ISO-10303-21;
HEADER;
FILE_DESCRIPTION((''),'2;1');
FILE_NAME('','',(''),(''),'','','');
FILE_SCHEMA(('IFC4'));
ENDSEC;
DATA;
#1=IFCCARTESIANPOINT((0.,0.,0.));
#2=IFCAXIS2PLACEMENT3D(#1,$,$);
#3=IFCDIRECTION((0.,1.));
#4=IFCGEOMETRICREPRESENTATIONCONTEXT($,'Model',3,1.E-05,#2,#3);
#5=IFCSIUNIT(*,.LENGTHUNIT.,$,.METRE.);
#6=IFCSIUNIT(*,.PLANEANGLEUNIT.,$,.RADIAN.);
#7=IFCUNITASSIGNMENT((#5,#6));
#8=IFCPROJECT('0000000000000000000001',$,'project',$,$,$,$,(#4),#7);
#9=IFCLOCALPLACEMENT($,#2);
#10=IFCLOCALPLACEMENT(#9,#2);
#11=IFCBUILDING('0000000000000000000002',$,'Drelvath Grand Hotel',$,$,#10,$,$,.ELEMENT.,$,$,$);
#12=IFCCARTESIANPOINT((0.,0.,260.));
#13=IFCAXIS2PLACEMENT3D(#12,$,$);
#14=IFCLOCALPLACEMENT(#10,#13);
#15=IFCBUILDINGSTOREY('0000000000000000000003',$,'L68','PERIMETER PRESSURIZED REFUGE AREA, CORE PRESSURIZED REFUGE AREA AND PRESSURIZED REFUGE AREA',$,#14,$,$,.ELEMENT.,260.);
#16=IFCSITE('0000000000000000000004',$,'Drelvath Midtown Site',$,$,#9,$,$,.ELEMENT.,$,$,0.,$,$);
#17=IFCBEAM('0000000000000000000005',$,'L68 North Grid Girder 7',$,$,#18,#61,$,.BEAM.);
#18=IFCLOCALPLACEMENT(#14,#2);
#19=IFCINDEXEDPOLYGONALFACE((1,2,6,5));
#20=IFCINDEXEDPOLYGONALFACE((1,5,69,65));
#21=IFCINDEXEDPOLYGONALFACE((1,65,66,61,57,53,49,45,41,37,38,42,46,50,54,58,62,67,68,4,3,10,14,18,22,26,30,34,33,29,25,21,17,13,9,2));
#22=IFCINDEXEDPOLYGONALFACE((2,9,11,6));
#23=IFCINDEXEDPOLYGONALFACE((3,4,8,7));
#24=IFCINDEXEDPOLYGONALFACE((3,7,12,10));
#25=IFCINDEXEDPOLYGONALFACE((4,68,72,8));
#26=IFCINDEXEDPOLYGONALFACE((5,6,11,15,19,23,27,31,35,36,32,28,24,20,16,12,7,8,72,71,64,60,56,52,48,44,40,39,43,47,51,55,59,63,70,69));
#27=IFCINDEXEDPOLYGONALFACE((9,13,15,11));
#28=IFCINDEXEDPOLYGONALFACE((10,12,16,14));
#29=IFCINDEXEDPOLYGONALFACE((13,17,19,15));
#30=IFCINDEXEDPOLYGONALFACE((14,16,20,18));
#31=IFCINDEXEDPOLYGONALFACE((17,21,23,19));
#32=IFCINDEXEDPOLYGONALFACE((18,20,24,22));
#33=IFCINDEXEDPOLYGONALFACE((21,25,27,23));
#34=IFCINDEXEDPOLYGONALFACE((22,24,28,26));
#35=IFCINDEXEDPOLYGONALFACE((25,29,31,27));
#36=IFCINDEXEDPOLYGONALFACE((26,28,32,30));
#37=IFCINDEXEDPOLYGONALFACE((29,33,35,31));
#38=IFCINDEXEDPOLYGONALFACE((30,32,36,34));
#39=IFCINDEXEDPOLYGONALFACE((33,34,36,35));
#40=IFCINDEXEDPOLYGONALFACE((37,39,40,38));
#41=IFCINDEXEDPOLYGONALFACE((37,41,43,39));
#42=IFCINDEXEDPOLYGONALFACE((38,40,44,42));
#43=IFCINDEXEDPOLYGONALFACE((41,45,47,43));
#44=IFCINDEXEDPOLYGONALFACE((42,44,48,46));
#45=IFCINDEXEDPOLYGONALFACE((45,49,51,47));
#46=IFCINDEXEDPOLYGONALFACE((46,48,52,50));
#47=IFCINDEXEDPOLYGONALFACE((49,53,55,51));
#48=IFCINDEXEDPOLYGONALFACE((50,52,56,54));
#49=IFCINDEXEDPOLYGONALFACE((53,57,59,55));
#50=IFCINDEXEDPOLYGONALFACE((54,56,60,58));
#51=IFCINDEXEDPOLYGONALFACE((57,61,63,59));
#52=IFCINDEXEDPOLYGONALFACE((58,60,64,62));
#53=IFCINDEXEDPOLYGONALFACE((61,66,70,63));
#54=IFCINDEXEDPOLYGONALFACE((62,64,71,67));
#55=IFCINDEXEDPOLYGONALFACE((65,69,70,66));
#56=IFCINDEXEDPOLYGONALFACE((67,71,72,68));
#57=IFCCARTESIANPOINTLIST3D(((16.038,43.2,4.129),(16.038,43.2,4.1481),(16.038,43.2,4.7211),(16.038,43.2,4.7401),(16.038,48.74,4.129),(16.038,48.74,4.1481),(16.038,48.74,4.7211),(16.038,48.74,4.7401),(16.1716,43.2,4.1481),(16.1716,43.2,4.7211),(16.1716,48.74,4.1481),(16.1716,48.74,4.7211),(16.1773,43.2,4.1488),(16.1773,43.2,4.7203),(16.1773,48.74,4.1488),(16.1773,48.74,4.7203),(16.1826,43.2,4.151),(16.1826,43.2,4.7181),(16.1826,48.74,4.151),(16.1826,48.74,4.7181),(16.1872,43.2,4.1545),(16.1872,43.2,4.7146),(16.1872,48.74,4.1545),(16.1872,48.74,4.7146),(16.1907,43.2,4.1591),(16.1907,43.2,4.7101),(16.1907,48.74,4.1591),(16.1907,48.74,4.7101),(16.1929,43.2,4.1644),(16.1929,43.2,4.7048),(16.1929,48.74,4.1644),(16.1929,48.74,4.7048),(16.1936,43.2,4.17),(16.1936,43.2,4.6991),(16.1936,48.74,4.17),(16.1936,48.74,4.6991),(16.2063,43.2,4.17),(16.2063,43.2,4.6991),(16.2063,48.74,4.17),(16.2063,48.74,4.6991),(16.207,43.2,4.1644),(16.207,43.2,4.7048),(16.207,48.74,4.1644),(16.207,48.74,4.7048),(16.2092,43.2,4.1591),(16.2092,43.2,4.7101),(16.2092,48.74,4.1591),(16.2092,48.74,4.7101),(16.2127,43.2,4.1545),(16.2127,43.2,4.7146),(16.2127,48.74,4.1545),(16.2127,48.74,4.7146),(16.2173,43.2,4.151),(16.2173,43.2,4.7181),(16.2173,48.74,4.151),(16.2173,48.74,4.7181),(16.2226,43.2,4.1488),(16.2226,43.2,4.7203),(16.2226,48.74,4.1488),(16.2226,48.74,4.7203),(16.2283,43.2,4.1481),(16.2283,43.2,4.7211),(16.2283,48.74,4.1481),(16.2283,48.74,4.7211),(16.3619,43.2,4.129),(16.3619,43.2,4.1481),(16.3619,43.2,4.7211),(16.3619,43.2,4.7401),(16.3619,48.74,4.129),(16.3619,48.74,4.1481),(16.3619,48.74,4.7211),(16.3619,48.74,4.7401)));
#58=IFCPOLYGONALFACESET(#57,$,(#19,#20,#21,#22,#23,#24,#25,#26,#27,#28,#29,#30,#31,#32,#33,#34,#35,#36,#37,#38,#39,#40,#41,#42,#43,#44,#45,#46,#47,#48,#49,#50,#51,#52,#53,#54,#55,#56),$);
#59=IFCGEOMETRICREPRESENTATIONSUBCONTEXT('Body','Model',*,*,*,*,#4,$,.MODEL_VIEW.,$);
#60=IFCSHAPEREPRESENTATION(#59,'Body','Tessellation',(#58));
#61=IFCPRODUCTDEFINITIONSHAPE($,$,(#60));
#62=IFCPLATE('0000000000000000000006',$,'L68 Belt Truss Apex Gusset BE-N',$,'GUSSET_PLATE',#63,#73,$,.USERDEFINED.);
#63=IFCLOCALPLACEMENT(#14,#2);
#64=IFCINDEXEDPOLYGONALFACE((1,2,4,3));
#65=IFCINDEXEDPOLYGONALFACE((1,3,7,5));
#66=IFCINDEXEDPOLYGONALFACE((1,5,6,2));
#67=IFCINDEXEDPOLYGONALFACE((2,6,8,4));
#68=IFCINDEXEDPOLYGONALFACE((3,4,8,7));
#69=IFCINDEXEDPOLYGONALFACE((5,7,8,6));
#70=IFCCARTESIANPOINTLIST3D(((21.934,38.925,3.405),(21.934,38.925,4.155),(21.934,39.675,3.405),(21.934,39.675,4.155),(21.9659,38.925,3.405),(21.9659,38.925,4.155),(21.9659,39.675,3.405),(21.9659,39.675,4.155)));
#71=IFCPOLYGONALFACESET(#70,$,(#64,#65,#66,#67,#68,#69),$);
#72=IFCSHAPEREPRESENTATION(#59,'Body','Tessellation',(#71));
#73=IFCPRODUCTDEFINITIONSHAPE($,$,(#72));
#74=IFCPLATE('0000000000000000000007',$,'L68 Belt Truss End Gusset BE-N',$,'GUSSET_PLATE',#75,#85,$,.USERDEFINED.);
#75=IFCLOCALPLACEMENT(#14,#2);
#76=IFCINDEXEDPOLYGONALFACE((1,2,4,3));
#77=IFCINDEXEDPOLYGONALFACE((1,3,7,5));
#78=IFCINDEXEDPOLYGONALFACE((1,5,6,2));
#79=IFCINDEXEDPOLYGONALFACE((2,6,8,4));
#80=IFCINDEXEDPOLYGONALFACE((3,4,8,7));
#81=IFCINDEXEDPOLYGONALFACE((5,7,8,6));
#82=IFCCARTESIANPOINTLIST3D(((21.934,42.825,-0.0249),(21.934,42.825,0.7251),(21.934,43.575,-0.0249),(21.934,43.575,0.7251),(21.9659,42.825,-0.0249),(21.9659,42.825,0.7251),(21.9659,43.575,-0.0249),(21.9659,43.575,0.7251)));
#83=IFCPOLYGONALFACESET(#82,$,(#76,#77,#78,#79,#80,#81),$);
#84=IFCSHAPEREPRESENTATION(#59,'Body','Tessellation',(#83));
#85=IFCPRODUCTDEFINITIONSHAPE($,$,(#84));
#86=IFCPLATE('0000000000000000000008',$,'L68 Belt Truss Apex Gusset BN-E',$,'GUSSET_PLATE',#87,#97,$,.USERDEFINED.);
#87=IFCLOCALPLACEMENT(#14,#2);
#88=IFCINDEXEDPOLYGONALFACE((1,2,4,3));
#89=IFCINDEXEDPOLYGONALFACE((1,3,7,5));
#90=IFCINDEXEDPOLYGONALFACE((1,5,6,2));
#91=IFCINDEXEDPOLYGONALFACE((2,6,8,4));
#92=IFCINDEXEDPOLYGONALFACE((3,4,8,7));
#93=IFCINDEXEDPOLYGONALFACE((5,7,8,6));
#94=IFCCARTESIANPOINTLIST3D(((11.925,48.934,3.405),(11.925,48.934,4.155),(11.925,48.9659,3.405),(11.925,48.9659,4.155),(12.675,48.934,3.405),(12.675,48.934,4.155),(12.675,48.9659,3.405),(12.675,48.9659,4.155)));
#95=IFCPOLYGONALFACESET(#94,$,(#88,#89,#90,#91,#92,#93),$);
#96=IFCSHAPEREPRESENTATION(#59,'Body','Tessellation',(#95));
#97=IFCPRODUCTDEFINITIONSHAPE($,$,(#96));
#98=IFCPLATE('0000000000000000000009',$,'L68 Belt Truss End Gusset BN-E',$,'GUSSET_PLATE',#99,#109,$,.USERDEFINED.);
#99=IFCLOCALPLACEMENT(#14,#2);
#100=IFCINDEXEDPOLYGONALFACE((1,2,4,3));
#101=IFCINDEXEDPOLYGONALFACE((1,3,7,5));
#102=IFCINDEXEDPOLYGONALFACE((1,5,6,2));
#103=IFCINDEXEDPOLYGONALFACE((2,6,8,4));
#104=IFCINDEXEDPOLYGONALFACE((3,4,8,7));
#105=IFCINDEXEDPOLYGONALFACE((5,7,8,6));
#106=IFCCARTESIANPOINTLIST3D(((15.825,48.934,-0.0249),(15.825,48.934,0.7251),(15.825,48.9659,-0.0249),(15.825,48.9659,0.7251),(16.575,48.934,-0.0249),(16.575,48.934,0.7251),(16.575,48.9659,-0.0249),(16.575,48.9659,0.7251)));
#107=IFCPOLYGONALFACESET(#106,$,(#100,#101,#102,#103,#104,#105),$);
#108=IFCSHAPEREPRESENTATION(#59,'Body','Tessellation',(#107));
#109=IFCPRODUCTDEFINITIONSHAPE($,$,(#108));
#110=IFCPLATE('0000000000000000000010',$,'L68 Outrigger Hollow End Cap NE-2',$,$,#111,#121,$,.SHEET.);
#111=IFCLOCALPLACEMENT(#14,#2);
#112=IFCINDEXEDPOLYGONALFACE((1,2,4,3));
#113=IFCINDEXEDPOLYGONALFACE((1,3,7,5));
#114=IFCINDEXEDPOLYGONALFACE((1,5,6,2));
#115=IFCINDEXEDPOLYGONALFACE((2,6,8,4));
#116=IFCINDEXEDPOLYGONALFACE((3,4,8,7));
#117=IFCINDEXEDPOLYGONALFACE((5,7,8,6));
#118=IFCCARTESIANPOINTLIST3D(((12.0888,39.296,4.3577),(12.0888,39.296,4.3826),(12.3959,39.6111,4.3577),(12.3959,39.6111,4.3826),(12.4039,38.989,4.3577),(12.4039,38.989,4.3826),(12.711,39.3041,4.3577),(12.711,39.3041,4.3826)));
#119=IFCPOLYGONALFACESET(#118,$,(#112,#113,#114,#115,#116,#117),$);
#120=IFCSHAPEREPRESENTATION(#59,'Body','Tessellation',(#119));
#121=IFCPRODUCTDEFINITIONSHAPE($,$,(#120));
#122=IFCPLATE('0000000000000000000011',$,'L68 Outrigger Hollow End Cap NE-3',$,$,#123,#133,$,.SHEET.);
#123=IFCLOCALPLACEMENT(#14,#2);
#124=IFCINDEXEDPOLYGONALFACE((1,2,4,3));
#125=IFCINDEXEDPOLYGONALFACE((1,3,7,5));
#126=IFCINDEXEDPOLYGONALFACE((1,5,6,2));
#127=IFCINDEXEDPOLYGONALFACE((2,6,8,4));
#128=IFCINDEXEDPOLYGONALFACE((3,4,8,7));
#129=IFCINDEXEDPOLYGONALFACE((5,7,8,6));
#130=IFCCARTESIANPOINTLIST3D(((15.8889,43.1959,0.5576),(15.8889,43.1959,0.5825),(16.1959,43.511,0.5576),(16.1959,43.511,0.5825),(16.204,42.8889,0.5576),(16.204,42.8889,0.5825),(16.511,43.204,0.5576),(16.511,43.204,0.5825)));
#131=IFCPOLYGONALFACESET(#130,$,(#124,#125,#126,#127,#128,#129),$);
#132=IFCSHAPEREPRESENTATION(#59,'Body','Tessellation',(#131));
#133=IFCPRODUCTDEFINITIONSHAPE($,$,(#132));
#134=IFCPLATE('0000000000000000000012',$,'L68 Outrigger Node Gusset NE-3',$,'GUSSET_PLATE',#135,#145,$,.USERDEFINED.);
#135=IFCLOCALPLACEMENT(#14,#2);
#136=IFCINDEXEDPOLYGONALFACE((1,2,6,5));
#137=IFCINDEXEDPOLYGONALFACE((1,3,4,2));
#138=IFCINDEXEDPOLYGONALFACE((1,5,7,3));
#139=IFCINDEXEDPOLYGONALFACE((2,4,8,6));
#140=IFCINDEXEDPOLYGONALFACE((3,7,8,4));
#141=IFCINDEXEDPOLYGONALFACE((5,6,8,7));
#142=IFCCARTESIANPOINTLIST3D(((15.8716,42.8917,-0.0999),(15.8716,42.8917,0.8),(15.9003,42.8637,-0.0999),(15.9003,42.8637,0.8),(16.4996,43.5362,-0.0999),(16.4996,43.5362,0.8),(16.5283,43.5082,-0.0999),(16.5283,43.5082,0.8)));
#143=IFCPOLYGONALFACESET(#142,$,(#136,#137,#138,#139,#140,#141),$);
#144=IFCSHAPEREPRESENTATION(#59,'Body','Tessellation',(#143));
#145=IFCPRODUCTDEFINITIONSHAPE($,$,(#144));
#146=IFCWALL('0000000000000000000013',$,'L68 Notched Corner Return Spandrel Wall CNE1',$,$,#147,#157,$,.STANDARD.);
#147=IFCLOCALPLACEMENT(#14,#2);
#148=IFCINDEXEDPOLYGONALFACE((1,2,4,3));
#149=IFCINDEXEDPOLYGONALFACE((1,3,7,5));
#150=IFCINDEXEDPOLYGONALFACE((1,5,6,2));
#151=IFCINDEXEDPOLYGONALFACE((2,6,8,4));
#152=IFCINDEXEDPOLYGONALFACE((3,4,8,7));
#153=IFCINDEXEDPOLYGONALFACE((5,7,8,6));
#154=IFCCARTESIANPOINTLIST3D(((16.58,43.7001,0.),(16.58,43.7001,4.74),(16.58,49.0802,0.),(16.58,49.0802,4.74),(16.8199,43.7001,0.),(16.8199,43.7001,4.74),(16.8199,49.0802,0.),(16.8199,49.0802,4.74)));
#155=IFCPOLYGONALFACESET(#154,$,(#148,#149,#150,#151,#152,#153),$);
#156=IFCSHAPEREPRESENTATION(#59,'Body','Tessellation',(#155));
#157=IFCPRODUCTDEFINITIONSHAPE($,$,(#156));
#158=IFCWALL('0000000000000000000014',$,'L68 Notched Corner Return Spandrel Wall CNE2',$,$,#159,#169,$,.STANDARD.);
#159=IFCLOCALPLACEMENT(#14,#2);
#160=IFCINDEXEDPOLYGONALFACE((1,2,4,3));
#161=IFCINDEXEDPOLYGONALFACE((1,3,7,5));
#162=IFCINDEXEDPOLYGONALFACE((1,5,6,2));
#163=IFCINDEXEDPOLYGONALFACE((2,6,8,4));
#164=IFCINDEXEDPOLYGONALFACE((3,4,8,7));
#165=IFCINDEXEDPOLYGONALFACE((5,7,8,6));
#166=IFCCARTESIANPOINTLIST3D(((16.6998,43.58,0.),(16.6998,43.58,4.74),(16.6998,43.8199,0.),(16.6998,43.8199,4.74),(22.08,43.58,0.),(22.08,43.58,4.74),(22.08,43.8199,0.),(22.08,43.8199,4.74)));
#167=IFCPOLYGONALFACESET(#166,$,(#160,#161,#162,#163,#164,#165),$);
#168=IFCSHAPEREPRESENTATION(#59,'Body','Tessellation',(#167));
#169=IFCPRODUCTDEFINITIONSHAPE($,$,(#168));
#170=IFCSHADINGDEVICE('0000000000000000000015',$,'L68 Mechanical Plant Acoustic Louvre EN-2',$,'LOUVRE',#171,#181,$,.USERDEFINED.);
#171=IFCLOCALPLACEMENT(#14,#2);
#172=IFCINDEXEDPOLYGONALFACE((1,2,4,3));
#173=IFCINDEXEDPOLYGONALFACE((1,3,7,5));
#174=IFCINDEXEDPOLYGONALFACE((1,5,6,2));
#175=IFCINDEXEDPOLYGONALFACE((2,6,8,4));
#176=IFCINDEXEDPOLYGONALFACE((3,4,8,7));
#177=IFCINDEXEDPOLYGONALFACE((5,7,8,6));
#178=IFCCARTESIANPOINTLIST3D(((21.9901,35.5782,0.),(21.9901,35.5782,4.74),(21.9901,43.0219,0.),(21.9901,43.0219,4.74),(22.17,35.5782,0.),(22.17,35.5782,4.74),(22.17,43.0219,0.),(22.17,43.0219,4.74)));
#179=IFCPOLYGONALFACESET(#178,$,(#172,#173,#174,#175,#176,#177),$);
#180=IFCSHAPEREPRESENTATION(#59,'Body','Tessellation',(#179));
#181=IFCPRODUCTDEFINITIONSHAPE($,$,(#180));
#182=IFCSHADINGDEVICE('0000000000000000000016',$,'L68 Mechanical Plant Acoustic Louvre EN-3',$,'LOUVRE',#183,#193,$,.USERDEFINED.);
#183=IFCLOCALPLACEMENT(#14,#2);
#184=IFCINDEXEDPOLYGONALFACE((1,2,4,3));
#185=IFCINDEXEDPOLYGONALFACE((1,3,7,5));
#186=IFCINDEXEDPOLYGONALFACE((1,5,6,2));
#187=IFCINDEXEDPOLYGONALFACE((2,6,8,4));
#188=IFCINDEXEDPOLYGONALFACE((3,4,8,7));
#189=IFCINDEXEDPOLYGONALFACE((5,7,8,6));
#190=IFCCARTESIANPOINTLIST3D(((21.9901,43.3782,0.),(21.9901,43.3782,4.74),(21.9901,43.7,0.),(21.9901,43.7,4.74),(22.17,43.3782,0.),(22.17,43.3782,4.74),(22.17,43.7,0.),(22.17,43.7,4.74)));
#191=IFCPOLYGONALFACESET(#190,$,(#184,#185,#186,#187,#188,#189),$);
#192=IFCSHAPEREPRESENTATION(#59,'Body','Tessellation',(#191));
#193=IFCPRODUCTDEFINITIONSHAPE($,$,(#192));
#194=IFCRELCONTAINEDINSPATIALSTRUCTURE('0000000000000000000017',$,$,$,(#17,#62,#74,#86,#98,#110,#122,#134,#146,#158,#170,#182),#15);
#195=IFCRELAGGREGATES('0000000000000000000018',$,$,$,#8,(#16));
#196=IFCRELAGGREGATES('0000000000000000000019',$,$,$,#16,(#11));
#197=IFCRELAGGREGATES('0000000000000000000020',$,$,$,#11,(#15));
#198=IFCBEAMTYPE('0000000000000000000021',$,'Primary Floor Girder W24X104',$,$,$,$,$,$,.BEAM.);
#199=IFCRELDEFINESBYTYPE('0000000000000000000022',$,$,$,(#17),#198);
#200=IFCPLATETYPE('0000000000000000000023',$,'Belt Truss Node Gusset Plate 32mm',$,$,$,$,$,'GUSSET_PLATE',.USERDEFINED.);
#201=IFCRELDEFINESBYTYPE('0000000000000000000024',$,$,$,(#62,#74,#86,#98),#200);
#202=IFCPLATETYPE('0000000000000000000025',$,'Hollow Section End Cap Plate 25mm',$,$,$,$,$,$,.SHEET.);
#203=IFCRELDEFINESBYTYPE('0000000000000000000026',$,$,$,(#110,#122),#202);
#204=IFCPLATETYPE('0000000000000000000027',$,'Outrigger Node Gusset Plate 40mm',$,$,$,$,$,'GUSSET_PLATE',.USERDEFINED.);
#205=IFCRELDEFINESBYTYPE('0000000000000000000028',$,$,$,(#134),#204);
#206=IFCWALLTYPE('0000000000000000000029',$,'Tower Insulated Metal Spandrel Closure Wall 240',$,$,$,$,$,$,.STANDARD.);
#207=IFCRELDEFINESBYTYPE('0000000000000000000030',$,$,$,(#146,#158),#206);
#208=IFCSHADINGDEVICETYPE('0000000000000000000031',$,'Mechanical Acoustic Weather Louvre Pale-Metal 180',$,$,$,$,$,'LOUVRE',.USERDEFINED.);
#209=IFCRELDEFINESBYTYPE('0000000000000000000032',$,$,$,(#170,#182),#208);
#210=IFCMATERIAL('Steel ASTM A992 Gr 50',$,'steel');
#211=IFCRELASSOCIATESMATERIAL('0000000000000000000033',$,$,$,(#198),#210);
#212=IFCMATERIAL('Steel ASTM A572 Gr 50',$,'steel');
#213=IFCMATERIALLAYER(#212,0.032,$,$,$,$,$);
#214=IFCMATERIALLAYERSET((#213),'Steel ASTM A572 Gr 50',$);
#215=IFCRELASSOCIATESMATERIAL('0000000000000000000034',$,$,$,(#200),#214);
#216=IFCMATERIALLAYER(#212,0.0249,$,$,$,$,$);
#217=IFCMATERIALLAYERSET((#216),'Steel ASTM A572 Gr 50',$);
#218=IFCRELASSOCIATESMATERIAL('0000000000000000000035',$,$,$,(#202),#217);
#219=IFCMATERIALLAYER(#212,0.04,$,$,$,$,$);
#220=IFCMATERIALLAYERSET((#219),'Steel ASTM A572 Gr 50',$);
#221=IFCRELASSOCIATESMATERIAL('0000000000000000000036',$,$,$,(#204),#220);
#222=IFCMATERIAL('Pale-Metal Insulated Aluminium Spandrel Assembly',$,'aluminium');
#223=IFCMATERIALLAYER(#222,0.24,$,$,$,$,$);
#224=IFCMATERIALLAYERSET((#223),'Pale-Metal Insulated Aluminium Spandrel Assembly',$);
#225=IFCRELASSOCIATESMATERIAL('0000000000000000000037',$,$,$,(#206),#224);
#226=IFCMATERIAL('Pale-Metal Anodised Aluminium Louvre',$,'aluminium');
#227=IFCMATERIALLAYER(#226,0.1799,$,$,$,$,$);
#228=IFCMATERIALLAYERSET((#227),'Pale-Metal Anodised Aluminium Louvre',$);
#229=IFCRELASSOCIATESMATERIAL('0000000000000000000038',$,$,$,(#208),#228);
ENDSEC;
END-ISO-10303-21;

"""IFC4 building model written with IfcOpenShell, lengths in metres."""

from ifc_helpers import new_model, si_unit, direction, frame, frame_2d, origin, origin_2d, place, context, subcontext, project, spatial, rectangle, i_section, extrude, material, layer, layer_set, material_profile, profile_set, type_object, element, save


model = new_model("IFC4")

# Units and contexts
model_context = context("Model", 3, precision=1e-05, world=origin(), true_north=direction((0.0, 1.0)))
body_context = subcontext(model_context, "Body", "Model", "MODEL_VIEW")
ifc_project = project(units=[si_unit("LENGTHUNIT", "METRE"), si_unit("PLANEANGLEUNIT", "RADIAN")], contexts=[model_context])

# Site, building, storey
site_placement = place(None, origin())
site = spatial("IfcSite", under=ifc_project, at=site_placement, Name="Drelvath Midtown Site", CompositionType="ELEMENT", RefElevation=0.0)
building_placement = place(site_placement, origin())
building = spatial("IfcBuilding", under=site, at=building_placement, Name="Drelvath Grand Hotel", CompositionType="ELEMENT")
storey_placement = place(building_placement, frame((0.0, 0.0, 260.0)))
storey = spatial("IfcBuildingStorey", under=building, at=storey_placement, Name="L68", Description="PERIMETER PRESSURIZED REFUGE AREA, CORE PRESSURIZED REFUGE AREA AND PRESSURIZED REFUGE AREA", CompositionType="ELEMENT", Elevation=260.0)

# Beam
ifc_material_1 = material(Name="Steel ASTM A992 Gr 50", Category="steel")
ifc_material_profile_1 = material_profile(ifc_material_1, i_section(OverallWidth=0.324, OverallDepth=0.6111, WebThickness=0.0127, FlangeThickness=0.019, FilletRadius=0.022, at=origin_2d()), Name="W24X104")
ifc_profile_set_1 = profile_set([ifc_material_profile_1], Name="Steel ASTM A992 Gr 50")
beam_type = type_object("IfcBeamType", Name="Primary Floor Girder W24X104", PredefinedType="BEAM", material=ifc_profile_set_1)
for number, where, z_axis, x_axis, name in (
    (1, (16.2, 43.2, 4.4346), (0.0, 1.0, 0.0), (-1.0, 0.0, 0.0), "L68 North Grid Girder 7"),
):
    element("IfcBeam", number, at=place(storey_placement, frame(where, z_axis=z_axis, x_axis=x_axis)), inside=storey, type_object=beam_type, Name=name, PredefinedType="BEAM", context=body_context, shape_type="SweptSolid", body=[
        extrude(i_section(OverallWidth=0.324, OverallDepth=0.6111, WebThickness=0.0127, FlangeThickness=0.019, FilletRadius=0.022, at=origin_2d()), origin(), (0.0, 0.0, 1.0), 5.54),
    ])

# Plates
ifc_material_2 = material(Name="Steel ASTM A572 Gr 50", Category="steel")
ifc_layer_1 = layer(ifc_material_2, 0.032)
ifc_layer_set_1 = layer_set([ifc_layer_1], Name="Steel ASTM A572 Gr 50")
plate_type_1 = type_object("IfcPlateType", Name="Belt Truss Node Gusset Plate 32mm", ElementType="GUSSET_PLATE", PredefinedType="USERDEFINED", material=ifc_layer_set_1)
for number, where, z_axis, x_axis, name in (
    (2, (21.95, 39.3, 3.405), (0.0, 0.0, 1.0), (0.0, 1.0, 0.0), "L68 Belt Truss Apex Gusset BE-N"),
    (3, (21.95, 43.2, -0.0249), (0.0, 0.0, 1.0), (0.0, 1.0, 0.0), "L68 Belt Truss End Gusset BE-N"),
    (4, (12.3, 48.95, 3.405), (0.0, 0.0, 1.0), (1.0, 0.0, 0.0), "L68 Belt Truss Apex Gusset BN-E"),
    (5, (16.2, 48.95, -0.0249), (0.0, 0.0, 1.0), (1.0, 0.0, 0.0), "L68 Belt Truss End Gusset BN-E"),
):
    element("IfcPlate", number, at=place(storey_placement, frame(where, z_axis=z_axis, x_axis=x_axis)), inside=storey, type_object=plate_type_1, Name=name, ObjectType="GUSSET_PLATE", PredefinedType="USERDEFINED", context=body_context, shape_type="SweptSolid", body=[
        extrude(rectangle(XDim=0.75, YDim=0.032, at=origin_2d()), origin(), (0.0, 0.0, 1.0), 0.75),
    ])
ifc_layer_2 = layer(ifc_material_2, 0.0249)
ifc_layer_set_2 = layer_set([ifc_layer_2], Name="Steel ASTM A572 Gr 50")
plate_type_2 = type_object("IfcPlateType", Name="Hollow Section End Cap Plate 25mm", PredefinedType="SHEET", material=ifc_layer_set_2)
for number, where, z_axis, x_axis, name in (
    (6, (12.3999, 39.3, 4.3577), (0.0, 0.0, 1.0), (0.697865, 0.71623, 0.0), "L68 Outrigger Hollow End Cap NE-2"),
    (7, (16.2, 43.2, 0.5576), (0.0, 0.0, 1.0), (0.697865, 0.71623, 0.0), "L68 Outrigger Hollow End Cap NE-3"),
):
    element("IfcPlate", number, at=place(storey_placement, frame(where, z_axis=z_axis, x_axis=x_axis)), inside=storey, type_object=plate_type_2, Name=name, PredefinedType="SHEET", context=body_context, shape_type="SweptSolid", body=[
        extrude(rectangle(XDim=0.4399, YDim=0.4399, at=origin_2d()), origin(), (0.0, 0.0, 1.0), 0.0249),
    ])
ifc_layer_3 = layer(ifc_material_2, 0.04)
ifc_layer_set_3 = layer_set([ifc_layer_3], Name="Steel ASTM A572 Gr 50")
plate_type_3 = type_object("IfcPlateType", Name="Outrigger Node Gusset Plate 40mm", ElementType="GUSSET_PLATE", PredefinedType="USERDEFINED", material=ifc_layer_set_3)
plate_placement = place(storey_placement, frame((16.2, 43.2, -0.0999), z_axis=(0.0, 0.0, 1.0), x_axis=(0.697865, 0.71623, 0.0)))
element("IfcPlate", 8, at=plate_placement, inside=storey, type_object=plate_type_3, Name="L68 Outrigger Node Gusset NE-3", ObjectType="GUSSET_PLATE", PredefinedType="USERDEFINED", context=body_context, shape_type="SweptSolid", body=[
    extrude(rectangle(XDim=0.8999, YDim=0.04, at=origin_2d()), origin(), (0.0, 0.0, 1.0), 0.8999),
])

# Walls
ifc_material_3 = material(Name="Pale-Metal Insulated Aluminium Spandrel Assembly", Category="aluminium")
ifc_layer_4 = layer(ifc_material_3, 0.24)
ifc_layer_set_4 = layer_set([ifc_layer_4], Name="Pale-Metal Insulated Aluminium Spandrel Assembly")
wall_type = type_object("IfcWallType", Name="Tower Insulated Metal Spandrel Closure Wall 240", PredefinedType="STANDARD", material=ifc_layer_set_4)
for number, where, z_axis, x_axis, name in (
    (9, (16.7, 49.0801, 0.0), (0.0, 0.0, 1.0), (0.0, -1.0, 0.0), "L68 Notched Corner Return Spandrel Wall CNE1"),
    (10, (16.7, 43.7, 0.0), (0.0, 0.0, 1.0), (1.0, 0.0, 0.0), "L68 Notched Corner Return Spandrel Wall CNE2"),
):
    element("IfcWall", number, at=place(storey_placement, frame(where, z_axis=z_axis, x_axis=x_axis)), inside=storey, type_object=wall_type, Name=name, PredefinedType="STANDARD", context=body_context, shape_type="SweptSolid", body=[
        extrude(rectangle(XDim=5.3801, YDim=0.24, at=frame_2d((2.6899, 0.0))), origin(), (0.0, 0.0, 1.0), 4.74),
    ])

# Shading devices
ifc_material_4 = material(Name="Pale-Metal Anodised Aluminium Louvre", Category="aluminium")
ifc_layer_5 = layer(ifc_material_4, 0.1799)
ifc_layer_set_5 = layer_set([ifc_layer_5], Name="Pale-Metal Anodised Aluminium Louvre")
shading_device_type = type_object("IfcShadingDeviceType", Name="Mechanical Acoustic Weather Louvre Pale-Metal 180", ElementType="LOUVRE", PredefinedType="USERDEFINED", material=ifc_layer_set_5)
shading_device_1_placement = place(storey_placement, frame((22.0801, 39.3, 0.0), z_axis=(0.0, 0.0, 1.0), x_axis=(0.0, 1.0, 0.0)))
element("IfcShadingDevice", 11, at=shading_device_1_placement, inside=storey, type_object=shading_device_type, Name="L68 Mechanical Plant Acoustic Louvre EN-2", ObjectType="LOUVRE", PredefinedType="USERDEFINED", context=body_context, shape_type="SweptSolid", body=[
    extrude(rectangle(XDim=7.4436, YDim=0.1799, at=origin_2d()), origin(), (0.0, 0.0, 1.0), 4.74),
])
shading_device_2_placement = place(storey_placement, frame((22.0801, 43.5391, 0.0), z_axis=(0.0, 0.0, 1.0), x_axis=(0.0, 1.0, 0.0)))
element("IfcShadingDevice", 12, at=shading_device_2_placement, inside=storey, type_object=shading_device_type, Name="L68 Mechanical Plant Acoustic Louvre EN-3", ObjectType="LOUVRE", PredefinedType="USERDEFINED", context=body_context, shape_type="SweptSolid", body=[
    extrude(rectangle(XDim=0.3218, YDim=0.1799, at=origin_2d()), origin(), (0.0, 0.0, 1.0), 4.74),
])

save(model, "model.ifc")
